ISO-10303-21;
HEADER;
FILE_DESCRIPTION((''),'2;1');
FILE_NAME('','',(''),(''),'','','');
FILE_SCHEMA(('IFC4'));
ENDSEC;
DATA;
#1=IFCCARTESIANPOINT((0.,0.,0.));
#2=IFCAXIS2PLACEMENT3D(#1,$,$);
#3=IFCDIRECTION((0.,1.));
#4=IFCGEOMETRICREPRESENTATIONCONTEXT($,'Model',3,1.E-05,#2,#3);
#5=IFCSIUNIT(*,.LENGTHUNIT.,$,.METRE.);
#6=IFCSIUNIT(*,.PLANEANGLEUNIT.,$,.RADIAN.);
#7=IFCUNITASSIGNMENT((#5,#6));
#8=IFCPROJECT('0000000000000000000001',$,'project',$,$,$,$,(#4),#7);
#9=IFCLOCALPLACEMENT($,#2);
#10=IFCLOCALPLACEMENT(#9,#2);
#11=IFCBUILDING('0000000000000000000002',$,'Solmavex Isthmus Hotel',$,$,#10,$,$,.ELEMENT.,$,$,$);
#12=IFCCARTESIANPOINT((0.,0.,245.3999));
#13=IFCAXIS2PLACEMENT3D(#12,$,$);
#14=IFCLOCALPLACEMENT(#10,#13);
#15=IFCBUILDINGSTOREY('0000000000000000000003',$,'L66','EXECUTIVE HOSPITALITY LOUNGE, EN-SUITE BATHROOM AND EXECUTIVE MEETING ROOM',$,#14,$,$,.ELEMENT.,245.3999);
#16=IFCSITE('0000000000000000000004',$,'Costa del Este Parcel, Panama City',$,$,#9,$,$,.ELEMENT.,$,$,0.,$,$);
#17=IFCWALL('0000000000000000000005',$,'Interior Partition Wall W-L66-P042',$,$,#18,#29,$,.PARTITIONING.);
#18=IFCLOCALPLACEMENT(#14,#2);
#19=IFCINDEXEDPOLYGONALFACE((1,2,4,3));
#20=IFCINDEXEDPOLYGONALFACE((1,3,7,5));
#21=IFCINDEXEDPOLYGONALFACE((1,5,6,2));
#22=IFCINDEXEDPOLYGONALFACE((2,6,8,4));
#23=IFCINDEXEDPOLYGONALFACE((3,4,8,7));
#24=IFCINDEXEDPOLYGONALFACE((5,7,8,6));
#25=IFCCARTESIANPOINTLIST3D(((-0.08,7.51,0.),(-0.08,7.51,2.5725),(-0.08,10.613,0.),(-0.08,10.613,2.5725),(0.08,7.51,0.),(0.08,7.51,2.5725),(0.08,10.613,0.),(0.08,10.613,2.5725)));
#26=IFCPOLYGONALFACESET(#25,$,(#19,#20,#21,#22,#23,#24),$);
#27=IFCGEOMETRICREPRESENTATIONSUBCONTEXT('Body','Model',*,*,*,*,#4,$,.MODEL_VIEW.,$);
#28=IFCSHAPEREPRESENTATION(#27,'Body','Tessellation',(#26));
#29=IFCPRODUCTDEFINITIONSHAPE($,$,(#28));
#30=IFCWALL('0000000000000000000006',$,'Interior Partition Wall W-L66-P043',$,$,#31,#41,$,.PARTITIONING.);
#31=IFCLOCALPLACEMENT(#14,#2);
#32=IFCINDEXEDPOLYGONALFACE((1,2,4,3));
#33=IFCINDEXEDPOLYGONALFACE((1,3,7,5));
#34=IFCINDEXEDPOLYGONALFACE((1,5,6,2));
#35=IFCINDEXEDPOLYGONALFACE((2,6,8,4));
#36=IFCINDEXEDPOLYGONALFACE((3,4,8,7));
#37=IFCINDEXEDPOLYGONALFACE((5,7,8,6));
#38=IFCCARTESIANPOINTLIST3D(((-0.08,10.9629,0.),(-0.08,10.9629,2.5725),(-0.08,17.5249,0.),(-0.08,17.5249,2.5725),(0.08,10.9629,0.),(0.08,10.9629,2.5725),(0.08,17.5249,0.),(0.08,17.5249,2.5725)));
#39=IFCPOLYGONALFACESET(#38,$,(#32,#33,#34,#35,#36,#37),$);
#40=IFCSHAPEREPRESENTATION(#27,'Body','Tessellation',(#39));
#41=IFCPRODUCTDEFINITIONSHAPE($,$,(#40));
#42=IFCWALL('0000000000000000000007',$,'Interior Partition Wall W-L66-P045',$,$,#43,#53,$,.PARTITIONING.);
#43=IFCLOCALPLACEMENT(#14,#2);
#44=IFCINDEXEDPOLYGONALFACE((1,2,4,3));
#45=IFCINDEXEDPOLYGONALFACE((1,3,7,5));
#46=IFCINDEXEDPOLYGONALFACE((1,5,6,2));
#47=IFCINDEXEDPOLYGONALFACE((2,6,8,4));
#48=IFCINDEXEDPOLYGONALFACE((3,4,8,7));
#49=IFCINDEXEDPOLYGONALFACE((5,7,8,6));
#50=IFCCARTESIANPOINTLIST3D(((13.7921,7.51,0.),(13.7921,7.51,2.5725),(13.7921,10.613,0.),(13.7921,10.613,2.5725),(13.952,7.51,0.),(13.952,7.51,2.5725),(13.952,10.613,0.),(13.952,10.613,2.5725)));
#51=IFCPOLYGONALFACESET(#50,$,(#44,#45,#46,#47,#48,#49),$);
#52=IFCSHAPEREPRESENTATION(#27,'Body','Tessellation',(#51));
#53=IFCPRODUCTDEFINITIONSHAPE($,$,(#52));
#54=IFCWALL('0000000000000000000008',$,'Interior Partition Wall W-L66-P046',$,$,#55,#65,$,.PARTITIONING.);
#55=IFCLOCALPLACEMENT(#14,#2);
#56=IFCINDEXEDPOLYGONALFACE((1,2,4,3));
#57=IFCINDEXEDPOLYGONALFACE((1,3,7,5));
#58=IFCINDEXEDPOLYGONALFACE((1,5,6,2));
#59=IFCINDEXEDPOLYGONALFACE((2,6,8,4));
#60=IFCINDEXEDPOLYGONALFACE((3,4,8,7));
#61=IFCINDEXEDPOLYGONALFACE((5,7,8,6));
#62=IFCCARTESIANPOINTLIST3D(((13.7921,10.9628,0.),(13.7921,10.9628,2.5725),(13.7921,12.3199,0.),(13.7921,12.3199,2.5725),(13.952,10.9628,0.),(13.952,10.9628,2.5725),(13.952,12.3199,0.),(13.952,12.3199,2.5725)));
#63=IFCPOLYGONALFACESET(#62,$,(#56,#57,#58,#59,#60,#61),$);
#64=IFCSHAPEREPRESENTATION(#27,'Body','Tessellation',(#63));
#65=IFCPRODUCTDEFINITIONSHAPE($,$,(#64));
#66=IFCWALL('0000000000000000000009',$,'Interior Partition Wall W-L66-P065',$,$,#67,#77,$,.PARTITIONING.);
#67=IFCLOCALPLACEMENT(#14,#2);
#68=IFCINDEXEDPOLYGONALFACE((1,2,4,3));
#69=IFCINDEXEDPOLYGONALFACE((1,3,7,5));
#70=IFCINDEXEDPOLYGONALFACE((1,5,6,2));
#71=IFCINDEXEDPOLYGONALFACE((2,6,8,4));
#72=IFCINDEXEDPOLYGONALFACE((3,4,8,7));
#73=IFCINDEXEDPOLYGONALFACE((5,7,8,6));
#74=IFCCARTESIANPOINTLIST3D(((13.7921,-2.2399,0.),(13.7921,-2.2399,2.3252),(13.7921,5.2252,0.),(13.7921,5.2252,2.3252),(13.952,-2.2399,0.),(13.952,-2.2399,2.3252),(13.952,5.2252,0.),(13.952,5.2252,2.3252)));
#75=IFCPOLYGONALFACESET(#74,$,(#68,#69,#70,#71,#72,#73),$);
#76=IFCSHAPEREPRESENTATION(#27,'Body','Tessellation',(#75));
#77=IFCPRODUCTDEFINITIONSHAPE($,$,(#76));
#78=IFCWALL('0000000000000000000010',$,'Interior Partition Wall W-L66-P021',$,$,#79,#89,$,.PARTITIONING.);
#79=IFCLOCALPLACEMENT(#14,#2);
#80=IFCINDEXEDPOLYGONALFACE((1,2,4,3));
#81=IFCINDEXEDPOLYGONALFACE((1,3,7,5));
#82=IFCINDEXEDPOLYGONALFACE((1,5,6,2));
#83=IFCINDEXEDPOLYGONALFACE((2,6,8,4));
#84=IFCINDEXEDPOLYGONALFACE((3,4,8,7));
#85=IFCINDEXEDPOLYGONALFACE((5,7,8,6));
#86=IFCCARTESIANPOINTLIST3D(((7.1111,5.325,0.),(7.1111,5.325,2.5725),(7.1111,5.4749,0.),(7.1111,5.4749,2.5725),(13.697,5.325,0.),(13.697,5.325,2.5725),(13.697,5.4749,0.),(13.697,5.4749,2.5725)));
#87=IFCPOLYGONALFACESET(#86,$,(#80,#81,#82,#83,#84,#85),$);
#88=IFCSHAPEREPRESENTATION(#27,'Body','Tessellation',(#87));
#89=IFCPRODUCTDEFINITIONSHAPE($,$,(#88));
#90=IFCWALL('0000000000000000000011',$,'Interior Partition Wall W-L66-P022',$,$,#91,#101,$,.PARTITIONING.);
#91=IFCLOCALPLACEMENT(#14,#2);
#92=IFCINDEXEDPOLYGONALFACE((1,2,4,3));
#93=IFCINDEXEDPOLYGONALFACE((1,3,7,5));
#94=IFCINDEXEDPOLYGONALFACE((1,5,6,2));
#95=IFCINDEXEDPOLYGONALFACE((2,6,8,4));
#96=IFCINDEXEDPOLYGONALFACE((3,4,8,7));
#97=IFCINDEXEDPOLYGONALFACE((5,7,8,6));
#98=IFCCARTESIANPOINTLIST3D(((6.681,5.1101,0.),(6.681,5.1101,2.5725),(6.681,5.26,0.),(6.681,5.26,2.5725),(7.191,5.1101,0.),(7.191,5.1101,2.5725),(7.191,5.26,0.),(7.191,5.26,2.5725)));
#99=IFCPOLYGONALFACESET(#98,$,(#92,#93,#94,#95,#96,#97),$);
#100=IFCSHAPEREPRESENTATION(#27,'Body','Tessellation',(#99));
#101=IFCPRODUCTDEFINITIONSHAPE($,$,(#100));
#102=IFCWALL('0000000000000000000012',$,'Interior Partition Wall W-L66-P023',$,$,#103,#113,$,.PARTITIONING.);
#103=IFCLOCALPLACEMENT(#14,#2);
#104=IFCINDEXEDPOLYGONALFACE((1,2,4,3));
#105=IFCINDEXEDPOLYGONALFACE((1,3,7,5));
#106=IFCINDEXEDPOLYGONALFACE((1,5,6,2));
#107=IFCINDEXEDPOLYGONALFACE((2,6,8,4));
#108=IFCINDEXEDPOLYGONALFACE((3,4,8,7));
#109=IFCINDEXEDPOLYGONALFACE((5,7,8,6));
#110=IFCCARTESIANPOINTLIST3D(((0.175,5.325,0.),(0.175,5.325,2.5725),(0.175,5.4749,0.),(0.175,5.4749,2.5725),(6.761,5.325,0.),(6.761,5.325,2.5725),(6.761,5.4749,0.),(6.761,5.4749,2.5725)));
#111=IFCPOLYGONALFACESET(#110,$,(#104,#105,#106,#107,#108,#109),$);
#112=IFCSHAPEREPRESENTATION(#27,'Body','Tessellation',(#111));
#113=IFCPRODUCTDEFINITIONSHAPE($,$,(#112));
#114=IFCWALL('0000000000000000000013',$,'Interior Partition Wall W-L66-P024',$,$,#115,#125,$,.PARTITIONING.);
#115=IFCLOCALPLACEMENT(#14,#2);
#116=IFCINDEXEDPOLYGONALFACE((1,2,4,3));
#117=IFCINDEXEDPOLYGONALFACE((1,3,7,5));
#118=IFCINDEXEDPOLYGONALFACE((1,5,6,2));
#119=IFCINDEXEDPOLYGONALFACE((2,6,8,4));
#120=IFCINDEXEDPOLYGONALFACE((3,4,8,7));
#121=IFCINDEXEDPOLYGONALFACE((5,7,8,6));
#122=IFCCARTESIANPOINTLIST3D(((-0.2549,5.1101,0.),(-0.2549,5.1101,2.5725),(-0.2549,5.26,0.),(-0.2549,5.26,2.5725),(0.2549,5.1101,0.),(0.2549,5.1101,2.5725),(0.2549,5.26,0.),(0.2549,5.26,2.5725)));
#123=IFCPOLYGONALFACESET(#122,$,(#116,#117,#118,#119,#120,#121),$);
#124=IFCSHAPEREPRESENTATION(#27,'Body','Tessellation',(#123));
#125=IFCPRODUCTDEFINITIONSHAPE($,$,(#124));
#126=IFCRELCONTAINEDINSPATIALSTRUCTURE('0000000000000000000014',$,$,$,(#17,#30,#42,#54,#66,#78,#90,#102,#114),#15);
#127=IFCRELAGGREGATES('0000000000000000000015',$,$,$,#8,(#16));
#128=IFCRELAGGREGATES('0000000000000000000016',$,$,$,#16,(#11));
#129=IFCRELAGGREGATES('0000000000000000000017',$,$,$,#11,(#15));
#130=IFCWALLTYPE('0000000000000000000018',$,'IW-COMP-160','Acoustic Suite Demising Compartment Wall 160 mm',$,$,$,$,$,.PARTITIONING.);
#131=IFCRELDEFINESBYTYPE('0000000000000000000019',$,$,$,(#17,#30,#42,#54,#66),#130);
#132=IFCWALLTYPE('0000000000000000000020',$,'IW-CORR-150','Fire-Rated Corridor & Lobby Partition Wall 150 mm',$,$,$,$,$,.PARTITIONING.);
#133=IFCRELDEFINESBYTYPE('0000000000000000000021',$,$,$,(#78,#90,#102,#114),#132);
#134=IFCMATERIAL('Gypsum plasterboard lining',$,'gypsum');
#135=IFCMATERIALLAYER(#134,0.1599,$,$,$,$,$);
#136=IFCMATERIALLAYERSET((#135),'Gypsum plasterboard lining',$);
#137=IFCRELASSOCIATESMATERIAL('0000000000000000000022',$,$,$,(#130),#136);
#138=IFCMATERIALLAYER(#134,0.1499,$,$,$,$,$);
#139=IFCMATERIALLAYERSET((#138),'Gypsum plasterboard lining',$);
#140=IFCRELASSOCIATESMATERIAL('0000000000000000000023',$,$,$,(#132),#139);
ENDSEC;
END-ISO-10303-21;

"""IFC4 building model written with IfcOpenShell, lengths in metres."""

from ifc_helpers import new_model, si_unit, direction, frame, frame_2d, origin, place, context, subcontext, project, spatial, rectangle, extrude, material, layer, layer_set, type_object, element, save


model = new_model("IFC4")

# Units and contexts
model_context = context("Model", 3, precision=1e-05, world=origin(), true_north=direction((0.0, 1.0)))
body_context = subcontext(model_context, "Body", "Model", "MODEL_VIEW")
ifc_project = project(units=[si_unit("LENGTHUNIT", "METRE"), si_unit("PLANEANGLEUNIT", "RADIAN")], contexts=[model_context])

# Site, building, storey
site_placement = place(None, origin())
site = spatial("IfcSite", under=ifc_project, at=site_placement, Name="Costa del Este Parcel, Panama City", CompositionType="ELEMENT", RefElevation=0.0)
building_placement = place(site_placement, origin())
building = spatial("IfcBuilding", under=site, at=building_placement, Name="Solmavex Isthmus Hotel", CompositionType="ELEMENT")
storey_placement = place(building_placement, frame((0.0, 0.0, 245.3999)))
storey = spatial("IfcBuildingStorey", under=building, at=storey_placement, Name="L66", Description="EXECUTIVE HOSPITALITY LOUNGE, EN-SUITE BATHROOM AND EXECUTIVE MEETING ROOM", CompositionType="ELEMENT", Elevation=245.3999)

# Walls
ifc_material_1 = material(Name="Gypsum plasterboard lining", Category="gypsum")
ifc_layer_1 = layer(ifc_material_1, 0.1599)
ifc_layer_set_1 = layer_set([ifc_layer_1], Name="Gypsum plasterboard lining")
wall_type_1 = type_object("IfcWallType", Name="IW-COMP-160", Description="Acoustic Suite Demising Compartment Wall 160 mm", PredefinedType="PARTITIONING", material=ifc_layer_set_1)
wall_1_placement = place(storey_placement, frame((0.0, 10.613, 0.0), z_axis=(0.0, 0.0, 1.0), x_axis=(0.0, -1.0, 0.0)))
element("IfcWall", 1, at=wall_1_placement, inside=storey, type_object=wall_type_1, Name="Interior Partition Wall W-L66-P042", PredefinedType="PARTITIONING", context=body_context, shape_type="SweptSolid", body=[
    extrude(rectangle(XDim=3.103, YDim=0.1599, at=frame_2d((1.5515, 0.0))), origin(), (0.0, 0.0, 1.0), 2.5725),
])
wall_2_placement = place(storey_placement, frame((0.0, 17.5249, 0.0), z_axis=(0.0, 0.0, 1.0), x_axis=(0.0, -1.0, 0.0)))
element("IfcWall", 2, at=wall_2_placement, inside=storey, type_object=wall_type_1, Name="Interior Partition Wall W-L66-P043", PredefinedType="PARTITIONING", context=body_context, shape_type="SweptSolid", body=[
    extrude(rectangle(XDim=6.562, YDim=0.1599, at=frame_2d((3.281, 0.0))), origin(), (0.0, 0.0, 1.0), 2.5725),
])
wall_3_placement = place(storey_placement, frame((13.8721, 10.613, 0.0), z_axis=(0.0, 0.0, 1.0), x_axis=(0.0, -1.0, 0.0)))
element("IfcWall", 3, at=wall_3_placement, inside=storey, type_object=wall_type_1, Name="Interior Partition Wall W-L66-P045", PredefinedType="PARTITIONING", context=body_context, shape_type="SweptSolid", body=[
    extrude(rectangle(XDim=3.103, YDim=0.1599, at=frame_2d((1.5515, 0.0))), origin(), (0.0, 0.0, 1.0), 2.5725),
])
wall_4_placement = place(storey_placement, frame((13.8721, 12.3201, 0.0), z_axis=(0.0, 0.0, 1.0), x_axis=(0.0, -1.0, 0.0)))
element("IfcWall", 4, at=wall_4_placement, inside=storey, type_object=wall_type_1, Name="Interior Partition Wall W-L66-P046", PredefinedType="PARTITIONING", context=body_context, shape_type="SweptSolid", body=[
    extrude(rectangle(XDim=1.3572, YDim=0.1599, at=frame_2d((0.6787, 0.0))), origin(), (0.0, 0.0, 1.0), 2.5725),
])

# Wall
wall_5_placement = place(storey_placement, frame((13.8721, 5.2251, 0.0), z_axis=(0.0, 0.0, 1.0), x_axis=(0.0, -1.0, 0.0)))
element("IfcWall", 5, at=wall_5_placement, inside=storey, type_object=wall_type_1, Name="Interior Partition Wall W-L66-P065", PredefinedType="PARTITIONING", context=body_context, shape_type="SweptSolid", body=[
    extrude(rectangle(XDim=7.4651, YDim=0.1599, at=frame_2d((3.7324, 0.0))), origin(), (0.0, 0.0, 1.0), 2.3252),
])

# Shared definitions
ifc_layer_2 = layer(ifc_material_1, 0.1499)
ifc_layer_set_2 = layer_set([ifc_layer_2], Name="Gypsum plasterboard lining")
wall_type_2 = type_object("IfcWallType", Name="IW-CORR-150", Description="Fire-Rated Corridor & Lobby Partition Wall 150 mm", PredefinedType="PARTITIONING", material=ifc_layer_set_2)

# Walls
wall_6_placement = place(storey_placement, frame((13.697, 5.3999, 0.0), z_axis=(0.0, 0.0, 1.0), x_axis=(-1.0, 0.0, 0.0)))
element("IfcWall", 6, at=wall_6_placement, inside=storey, type_object=wall_type_2, Name="Interior Partition Wall W-L66-P021", PredefinedType="PARTITIONING", context=body_context, shape_type="SweptSolid", body=[
    extrude(rectangle(XDim=6.5859, YDim=0.1499, at=frame_2d((3.293, 0.0))), origin(), (0.0, 0.0, 1.0), 2.5725),
])
wall_7_placement = place(storey_placement, frame((7.1909, 5.1851, 0.0), z_axis=(0.0, 0.0, 1.0), x_axis=(-1.0, 0.0, 0.0)))
element("IfcWall", 7, at=wall_7_placement, inside=storey, type_object=wall_type_2, Name="Interior Partition Wall W-L66-P022", PredefinedType="PARTITIONING", context=body_context, shape_type="SweptSolid", body=[
    extrude(rectangle(XDim=0.51, YDim=0.1499, at=frame_2d((0.2549, 0.0))), origin(), (0.0, 0.0, 1.0), 2.5725),
])
wall_8_placement = place(storey_placement, frame((6.761, 5.3999, 0.0), z_axis=(0.0, 0.0, 1.0), x_axis=(-1.0, 0.0, 0.0)))
element("IfcWall", 8, at=wall_8_placement, inside=storey, type_object=wall_type_2, Name="Interior Partition Wall W-L66-P023", PredefinedType="PARTITIONING", context=body_context, shape_type="SweptSolid", body=[
    extrude(rectangle(XDim=6.5859, YDim=0.1499, at=frame_2d((3.293, 0.0))), origin(), (0.0, 0.0, 1.0), 2.5725),
])
wall_9_placement = place(storey_placement, frame((0.2549, 5.1851, 0.0), z_axis=(0.0, 0.0, 1.0), x_axis=(-1.0, 0.0, 0.0)))
element("IfcWall", 9, at=wall_9_placement, inside=storey, type_object=wall_type_2, Name="Interior Partition Wall W-L66-P024", PredefinedType="PARTITIONING", context=body_context, shape_type="SweptSolid", body=[
    extrude(rectangle(XDim=0.5098, YDim=0.1499, at=frame_2d((0.2549, 0.0))), origin(), (0.0, 0.0, 1.0), 2.5725),
])

save(model, "model.ifc")
